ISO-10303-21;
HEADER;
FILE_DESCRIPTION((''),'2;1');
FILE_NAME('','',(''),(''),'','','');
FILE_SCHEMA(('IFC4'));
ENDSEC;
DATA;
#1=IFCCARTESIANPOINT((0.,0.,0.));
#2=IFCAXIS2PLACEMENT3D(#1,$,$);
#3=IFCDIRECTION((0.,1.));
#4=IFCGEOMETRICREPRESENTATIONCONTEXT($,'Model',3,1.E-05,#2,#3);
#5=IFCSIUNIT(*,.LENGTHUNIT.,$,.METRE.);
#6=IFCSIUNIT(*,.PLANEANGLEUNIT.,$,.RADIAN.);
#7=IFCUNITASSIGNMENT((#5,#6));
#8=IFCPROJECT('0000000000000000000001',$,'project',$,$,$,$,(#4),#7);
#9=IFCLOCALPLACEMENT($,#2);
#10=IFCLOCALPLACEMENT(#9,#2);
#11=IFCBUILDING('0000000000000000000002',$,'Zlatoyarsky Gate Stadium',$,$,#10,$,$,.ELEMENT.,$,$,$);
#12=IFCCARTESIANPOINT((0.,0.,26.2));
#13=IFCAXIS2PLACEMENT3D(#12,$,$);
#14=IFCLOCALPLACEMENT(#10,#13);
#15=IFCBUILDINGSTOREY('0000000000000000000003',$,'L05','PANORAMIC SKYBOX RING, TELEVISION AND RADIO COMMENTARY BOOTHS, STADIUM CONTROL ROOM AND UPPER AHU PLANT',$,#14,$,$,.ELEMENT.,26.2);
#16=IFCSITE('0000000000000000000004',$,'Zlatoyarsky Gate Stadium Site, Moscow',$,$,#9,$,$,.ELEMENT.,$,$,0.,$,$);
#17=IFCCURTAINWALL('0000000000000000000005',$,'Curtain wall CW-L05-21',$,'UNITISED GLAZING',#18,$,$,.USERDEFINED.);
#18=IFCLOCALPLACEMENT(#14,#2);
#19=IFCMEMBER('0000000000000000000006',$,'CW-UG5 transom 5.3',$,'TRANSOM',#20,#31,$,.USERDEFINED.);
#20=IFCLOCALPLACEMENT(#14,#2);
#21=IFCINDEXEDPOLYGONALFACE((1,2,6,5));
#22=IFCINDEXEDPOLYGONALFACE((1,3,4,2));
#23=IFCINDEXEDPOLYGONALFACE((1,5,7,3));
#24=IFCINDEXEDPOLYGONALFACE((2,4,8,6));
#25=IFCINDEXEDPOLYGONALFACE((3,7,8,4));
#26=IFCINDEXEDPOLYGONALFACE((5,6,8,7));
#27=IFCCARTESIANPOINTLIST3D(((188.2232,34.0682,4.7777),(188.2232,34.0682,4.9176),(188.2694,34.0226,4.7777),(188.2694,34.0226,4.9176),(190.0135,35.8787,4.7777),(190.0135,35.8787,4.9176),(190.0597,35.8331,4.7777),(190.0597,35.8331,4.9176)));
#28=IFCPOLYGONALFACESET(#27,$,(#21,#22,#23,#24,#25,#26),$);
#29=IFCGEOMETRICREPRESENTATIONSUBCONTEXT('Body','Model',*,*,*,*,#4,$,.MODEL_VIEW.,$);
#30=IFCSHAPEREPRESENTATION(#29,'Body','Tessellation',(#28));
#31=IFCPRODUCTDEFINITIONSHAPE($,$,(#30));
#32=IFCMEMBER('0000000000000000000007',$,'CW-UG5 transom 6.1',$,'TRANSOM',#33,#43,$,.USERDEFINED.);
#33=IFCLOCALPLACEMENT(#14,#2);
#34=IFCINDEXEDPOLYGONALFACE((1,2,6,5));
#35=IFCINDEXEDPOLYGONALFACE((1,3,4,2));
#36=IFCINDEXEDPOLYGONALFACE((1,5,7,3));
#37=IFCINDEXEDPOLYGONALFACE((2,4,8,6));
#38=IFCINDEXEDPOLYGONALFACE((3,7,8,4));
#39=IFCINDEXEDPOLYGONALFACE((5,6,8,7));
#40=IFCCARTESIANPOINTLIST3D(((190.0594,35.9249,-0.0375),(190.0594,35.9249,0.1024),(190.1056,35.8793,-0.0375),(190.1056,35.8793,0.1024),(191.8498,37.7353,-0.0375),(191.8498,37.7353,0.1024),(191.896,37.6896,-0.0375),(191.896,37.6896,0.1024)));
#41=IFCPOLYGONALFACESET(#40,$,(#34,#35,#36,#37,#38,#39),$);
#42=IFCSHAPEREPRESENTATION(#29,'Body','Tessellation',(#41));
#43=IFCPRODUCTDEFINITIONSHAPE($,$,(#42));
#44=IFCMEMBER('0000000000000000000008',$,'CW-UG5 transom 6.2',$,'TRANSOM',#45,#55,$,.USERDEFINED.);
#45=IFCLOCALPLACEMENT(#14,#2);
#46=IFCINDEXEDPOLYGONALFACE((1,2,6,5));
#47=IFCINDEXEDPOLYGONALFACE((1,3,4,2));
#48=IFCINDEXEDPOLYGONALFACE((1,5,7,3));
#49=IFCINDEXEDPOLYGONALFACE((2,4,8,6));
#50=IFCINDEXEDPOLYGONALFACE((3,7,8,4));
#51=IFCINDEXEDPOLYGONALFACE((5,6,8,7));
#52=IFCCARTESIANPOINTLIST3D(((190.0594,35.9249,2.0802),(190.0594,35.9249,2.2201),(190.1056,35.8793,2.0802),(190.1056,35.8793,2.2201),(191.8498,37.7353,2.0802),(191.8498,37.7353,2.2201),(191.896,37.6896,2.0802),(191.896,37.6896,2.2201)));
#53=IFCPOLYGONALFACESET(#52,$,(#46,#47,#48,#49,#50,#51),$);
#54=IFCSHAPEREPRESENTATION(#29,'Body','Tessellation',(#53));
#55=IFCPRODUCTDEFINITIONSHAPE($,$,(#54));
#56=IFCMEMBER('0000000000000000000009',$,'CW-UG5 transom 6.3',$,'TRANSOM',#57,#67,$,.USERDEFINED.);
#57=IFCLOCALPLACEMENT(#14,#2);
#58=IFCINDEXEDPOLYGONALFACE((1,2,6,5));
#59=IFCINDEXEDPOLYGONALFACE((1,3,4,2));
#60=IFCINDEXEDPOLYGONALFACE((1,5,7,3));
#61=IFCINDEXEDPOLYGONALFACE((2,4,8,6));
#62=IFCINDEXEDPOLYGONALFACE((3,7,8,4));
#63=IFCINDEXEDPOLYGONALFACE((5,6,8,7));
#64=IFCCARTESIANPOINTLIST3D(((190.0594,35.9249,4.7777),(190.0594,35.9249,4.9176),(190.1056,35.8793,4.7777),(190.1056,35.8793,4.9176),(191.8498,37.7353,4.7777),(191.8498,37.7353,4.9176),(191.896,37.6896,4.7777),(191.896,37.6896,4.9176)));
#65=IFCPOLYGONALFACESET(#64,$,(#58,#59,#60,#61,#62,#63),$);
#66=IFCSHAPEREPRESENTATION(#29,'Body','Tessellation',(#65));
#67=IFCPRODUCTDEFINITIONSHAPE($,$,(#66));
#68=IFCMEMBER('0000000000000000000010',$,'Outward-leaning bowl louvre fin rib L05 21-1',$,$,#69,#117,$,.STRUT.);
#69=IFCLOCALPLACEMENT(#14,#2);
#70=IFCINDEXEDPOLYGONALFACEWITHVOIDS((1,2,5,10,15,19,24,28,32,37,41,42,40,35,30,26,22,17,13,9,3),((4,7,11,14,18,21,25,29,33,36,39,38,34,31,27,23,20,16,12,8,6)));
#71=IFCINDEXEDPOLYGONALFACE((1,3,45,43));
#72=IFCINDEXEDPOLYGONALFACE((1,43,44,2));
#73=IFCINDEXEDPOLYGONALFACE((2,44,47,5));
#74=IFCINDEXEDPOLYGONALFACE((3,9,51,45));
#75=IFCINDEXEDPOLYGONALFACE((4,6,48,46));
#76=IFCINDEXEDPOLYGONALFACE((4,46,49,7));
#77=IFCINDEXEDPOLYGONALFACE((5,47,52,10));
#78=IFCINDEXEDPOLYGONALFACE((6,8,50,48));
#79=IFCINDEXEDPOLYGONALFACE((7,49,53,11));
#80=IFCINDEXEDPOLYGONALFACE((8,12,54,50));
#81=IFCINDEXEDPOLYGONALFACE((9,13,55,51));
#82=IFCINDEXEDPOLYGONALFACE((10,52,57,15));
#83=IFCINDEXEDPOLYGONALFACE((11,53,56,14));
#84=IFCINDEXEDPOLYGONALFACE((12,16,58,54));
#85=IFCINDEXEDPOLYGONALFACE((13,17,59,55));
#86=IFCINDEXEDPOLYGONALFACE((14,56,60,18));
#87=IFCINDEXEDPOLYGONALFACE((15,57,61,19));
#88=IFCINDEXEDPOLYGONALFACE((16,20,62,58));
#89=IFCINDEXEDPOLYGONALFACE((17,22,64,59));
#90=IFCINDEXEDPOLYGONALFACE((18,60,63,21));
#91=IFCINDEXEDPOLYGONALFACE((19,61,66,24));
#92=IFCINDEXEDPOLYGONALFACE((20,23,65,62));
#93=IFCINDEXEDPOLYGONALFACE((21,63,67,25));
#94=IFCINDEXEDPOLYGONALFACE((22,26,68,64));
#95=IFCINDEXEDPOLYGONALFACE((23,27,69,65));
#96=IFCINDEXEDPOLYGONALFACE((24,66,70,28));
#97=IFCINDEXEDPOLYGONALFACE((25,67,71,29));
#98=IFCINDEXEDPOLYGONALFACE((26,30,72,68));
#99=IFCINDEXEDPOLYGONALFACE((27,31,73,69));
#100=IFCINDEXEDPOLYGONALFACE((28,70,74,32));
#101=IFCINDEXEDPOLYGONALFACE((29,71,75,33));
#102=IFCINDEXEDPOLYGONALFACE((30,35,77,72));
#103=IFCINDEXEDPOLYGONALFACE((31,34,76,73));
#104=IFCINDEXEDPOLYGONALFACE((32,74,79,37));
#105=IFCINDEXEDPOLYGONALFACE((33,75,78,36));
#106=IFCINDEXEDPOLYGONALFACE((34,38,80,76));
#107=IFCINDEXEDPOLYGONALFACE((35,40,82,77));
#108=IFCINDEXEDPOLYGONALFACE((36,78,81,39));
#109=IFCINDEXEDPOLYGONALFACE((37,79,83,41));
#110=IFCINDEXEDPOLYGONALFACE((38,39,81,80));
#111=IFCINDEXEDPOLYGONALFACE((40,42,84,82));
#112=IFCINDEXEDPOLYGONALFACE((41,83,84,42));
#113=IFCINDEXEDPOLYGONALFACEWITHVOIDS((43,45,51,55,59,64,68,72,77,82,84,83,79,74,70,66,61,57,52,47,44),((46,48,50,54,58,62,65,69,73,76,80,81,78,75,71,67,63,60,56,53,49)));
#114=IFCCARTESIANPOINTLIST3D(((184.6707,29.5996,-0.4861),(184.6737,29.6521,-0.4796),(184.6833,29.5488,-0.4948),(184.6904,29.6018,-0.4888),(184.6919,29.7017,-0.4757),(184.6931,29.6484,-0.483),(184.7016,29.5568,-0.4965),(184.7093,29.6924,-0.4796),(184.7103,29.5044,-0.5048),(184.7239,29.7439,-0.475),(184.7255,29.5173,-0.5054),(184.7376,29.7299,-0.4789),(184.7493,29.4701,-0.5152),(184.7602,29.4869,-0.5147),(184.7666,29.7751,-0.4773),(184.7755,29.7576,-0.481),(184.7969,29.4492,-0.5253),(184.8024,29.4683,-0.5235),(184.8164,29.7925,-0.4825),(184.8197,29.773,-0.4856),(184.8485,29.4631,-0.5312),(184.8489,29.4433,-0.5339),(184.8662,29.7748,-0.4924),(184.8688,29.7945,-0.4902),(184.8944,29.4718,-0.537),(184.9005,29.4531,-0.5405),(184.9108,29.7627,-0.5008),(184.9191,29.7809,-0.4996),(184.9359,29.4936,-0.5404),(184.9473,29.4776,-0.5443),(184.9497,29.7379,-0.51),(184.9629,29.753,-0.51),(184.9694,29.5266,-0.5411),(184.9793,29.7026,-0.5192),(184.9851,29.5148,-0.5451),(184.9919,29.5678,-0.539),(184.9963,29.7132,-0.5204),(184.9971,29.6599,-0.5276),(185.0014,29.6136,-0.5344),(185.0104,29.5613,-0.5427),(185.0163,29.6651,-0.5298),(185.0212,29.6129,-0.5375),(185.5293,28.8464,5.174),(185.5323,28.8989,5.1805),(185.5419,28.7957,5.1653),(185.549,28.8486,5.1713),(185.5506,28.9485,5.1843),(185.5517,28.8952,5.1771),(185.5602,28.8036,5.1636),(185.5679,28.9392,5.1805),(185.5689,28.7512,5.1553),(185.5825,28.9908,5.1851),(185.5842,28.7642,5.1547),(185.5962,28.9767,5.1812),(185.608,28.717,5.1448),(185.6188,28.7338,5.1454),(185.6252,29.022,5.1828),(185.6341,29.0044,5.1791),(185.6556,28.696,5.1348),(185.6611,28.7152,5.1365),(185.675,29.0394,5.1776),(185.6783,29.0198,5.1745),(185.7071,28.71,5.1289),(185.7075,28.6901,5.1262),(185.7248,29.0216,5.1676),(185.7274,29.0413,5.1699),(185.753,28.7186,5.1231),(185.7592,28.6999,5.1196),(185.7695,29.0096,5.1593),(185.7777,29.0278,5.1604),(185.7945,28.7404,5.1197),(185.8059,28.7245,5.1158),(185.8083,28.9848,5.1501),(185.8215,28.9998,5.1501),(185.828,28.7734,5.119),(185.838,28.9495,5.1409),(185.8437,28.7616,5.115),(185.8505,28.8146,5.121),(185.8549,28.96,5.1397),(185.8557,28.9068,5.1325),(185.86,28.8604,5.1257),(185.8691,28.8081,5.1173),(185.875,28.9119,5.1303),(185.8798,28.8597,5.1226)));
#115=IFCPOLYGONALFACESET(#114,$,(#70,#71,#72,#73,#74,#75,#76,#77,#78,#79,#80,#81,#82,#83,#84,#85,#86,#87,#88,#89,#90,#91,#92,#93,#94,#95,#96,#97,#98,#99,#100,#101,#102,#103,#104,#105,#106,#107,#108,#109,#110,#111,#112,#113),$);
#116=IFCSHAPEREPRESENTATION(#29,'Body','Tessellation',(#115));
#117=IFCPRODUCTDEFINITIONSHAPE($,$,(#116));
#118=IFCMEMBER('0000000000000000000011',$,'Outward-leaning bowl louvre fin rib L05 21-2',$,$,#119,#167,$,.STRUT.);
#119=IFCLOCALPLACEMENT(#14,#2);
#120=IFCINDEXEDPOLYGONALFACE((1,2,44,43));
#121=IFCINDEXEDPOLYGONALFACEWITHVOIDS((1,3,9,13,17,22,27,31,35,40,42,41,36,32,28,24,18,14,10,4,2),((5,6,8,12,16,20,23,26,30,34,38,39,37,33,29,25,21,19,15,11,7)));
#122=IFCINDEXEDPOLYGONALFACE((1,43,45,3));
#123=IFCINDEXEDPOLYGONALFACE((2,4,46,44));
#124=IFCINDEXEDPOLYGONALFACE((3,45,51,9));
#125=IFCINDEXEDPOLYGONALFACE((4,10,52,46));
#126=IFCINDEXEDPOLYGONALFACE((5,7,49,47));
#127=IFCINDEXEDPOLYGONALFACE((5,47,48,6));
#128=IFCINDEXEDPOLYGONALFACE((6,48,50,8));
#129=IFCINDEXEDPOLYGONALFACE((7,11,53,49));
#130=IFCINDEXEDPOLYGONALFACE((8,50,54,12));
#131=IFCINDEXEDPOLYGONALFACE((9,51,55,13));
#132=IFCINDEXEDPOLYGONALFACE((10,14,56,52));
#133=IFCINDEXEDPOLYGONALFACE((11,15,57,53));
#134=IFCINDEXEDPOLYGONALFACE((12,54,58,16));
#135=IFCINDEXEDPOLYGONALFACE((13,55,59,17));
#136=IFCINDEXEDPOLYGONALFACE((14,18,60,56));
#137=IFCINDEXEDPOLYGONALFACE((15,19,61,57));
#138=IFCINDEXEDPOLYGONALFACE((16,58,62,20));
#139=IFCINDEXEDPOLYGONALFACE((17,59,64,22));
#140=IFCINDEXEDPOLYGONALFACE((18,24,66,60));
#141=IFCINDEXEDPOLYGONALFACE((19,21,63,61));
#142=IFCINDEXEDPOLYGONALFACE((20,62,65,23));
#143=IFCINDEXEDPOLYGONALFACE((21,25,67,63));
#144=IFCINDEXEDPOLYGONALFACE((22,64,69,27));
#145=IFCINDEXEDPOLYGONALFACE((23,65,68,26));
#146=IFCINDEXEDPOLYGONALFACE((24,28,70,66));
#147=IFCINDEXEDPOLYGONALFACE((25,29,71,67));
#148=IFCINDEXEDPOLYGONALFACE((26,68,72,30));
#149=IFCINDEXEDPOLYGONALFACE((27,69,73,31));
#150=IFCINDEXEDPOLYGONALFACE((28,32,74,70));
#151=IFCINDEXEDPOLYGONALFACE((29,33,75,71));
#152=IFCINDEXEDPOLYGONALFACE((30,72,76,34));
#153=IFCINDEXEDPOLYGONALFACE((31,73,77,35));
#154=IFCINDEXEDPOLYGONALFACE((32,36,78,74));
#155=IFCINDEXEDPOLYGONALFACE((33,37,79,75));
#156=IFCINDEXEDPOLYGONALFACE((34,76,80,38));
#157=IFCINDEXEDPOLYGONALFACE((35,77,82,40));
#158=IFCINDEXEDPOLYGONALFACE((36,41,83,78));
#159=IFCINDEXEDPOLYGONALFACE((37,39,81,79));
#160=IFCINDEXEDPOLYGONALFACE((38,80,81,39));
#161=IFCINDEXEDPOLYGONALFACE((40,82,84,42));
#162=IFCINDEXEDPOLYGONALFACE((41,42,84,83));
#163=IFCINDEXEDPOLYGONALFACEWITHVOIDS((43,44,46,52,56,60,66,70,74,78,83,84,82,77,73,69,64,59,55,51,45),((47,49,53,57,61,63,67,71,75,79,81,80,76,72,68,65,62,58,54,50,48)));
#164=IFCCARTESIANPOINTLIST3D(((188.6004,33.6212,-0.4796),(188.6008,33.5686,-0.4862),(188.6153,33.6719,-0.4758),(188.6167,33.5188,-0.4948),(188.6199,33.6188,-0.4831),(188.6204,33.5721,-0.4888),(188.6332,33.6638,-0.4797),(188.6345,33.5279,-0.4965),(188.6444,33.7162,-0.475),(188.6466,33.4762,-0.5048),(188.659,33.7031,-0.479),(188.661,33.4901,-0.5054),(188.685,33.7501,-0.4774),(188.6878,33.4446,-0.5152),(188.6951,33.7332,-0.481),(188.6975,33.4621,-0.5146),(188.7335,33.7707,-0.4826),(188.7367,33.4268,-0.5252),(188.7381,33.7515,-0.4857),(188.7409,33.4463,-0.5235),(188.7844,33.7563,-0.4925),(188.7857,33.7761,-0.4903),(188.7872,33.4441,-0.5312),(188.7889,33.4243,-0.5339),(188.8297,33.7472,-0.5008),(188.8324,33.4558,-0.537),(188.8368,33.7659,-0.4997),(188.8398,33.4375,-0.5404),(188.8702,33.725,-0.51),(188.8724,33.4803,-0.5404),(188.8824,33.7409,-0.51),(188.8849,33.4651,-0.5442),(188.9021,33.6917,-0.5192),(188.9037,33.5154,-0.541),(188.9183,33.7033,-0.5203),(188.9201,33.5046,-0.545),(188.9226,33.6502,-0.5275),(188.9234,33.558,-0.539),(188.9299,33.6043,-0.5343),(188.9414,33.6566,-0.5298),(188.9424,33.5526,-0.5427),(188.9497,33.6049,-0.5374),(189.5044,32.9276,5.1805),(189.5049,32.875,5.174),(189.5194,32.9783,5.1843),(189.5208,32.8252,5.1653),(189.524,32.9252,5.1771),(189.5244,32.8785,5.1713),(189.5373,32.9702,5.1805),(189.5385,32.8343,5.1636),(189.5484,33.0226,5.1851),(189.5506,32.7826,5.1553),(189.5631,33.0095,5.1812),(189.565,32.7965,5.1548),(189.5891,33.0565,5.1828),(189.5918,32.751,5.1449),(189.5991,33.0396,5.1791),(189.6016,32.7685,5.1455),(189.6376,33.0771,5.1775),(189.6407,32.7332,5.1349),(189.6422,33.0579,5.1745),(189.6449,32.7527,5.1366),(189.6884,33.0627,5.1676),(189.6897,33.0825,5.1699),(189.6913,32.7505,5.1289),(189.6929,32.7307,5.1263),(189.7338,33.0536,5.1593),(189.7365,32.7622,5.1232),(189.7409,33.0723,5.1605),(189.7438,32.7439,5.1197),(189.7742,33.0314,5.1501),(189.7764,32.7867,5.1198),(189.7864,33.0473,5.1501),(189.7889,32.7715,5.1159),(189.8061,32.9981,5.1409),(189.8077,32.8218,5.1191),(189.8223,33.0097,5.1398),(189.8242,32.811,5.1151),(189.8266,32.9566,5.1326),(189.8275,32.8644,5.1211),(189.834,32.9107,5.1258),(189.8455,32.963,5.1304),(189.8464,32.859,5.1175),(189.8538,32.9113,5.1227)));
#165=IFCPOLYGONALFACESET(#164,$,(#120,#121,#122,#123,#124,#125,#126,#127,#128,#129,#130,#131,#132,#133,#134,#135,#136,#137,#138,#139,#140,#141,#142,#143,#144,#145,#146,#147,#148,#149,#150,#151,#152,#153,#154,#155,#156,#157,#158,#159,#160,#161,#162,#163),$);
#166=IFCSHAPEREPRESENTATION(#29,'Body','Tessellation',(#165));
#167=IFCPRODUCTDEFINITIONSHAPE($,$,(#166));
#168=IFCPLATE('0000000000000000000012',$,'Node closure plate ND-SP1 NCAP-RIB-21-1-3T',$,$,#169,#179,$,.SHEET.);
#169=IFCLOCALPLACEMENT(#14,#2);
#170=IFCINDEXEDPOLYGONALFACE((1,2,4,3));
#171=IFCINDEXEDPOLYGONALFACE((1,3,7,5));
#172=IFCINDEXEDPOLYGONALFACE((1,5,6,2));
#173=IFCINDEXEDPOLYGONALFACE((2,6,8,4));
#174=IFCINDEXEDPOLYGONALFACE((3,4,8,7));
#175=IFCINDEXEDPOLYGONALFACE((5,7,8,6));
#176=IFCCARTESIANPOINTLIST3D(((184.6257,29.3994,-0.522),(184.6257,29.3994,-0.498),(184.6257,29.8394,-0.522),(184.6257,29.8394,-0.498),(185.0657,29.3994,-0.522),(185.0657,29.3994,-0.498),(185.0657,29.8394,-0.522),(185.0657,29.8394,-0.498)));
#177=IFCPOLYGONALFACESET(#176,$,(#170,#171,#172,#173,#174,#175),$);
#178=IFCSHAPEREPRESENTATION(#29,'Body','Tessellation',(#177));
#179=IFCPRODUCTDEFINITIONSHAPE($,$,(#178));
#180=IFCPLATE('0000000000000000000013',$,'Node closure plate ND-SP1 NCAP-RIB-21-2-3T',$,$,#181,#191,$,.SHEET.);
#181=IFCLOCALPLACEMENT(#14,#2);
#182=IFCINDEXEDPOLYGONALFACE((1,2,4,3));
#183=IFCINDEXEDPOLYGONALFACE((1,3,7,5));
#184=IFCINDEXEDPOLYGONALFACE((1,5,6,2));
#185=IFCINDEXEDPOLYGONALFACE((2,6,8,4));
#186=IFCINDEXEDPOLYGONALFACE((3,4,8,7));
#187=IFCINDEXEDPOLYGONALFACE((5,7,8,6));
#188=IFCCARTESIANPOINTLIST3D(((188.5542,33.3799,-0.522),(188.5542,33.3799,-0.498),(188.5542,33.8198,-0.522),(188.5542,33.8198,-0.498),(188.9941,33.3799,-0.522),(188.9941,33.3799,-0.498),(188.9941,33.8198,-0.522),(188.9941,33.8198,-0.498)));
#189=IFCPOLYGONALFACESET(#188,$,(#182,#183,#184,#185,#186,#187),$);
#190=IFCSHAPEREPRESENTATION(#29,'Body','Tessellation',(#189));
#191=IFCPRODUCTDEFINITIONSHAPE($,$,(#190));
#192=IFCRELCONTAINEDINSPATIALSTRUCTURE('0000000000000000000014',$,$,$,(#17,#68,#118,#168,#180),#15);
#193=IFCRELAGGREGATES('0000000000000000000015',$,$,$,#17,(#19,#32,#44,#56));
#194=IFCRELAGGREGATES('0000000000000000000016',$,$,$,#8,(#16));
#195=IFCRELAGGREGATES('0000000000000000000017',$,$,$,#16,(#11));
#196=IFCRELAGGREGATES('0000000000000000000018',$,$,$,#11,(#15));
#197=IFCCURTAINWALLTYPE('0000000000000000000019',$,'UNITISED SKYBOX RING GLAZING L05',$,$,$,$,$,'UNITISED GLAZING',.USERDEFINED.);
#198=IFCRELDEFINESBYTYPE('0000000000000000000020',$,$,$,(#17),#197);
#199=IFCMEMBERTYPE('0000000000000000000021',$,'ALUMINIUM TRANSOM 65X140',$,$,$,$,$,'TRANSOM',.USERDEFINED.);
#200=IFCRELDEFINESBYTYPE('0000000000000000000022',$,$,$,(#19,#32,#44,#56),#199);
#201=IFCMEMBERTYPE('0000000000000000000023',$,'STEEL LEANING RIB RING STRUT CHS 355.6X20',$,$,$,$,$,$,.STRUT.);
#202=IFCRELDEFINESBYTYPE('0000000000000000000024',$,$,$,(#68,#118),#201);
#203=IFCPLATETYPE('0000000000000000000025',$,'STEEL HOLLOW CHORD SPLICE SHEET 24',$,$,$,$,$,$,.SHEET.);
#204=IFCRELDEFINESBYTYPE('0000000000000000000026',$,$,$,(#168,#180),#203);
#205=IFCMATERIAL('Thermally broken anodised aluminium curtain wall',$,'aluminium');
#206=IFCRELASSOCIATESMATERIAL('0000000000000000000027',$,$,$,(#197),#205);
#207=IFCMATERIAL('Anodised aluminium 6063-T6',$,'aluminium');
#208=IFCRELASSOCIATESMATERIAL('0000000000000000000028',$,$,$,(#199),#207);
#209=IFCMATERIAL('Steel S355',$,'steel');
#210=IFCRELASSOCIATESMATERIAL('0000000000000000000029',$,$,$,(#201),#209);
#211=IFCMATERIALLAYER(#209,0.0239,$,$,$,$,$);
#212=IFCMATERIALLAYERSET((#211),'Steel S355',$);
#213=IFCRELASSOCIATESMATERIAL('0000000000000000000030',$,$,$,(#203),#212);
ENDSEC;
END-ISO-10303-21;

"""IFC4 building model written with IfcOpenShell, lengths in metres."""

from ifc_helpers import new_model, si_unit, direction, frame, origin, origin_2d, place, context, subcontext, project, spatial, rectangle, hollow_circle, extrude, material, layer, layer_set, material_profile, profile_set, type_object, element, aggregate, save


model = new_model("IFC4")

# Units and contexts
model_context = context("Model", 3, precision=1e-05, world=origin(), true_north=direction((0.0, 1.0)))
body_context = subcontext(model_context, "Body", "Model", "MODEL_VIEW")
ifc_project = project(units=[si_unit("LENGTHUNIT", "METRE"), si_unit("PLANEANGLEUNIT", "RADIAN")], contexts=[model_context])

# Site, building, storey
site_placement = place(None, origin())
site = spatial("IfcSite", under=ifc_project, at=site_placement, Name="Zlatoyarsky Gate Stadium Site, Moscow", CompositionType="ELEMENT", RefElevation=0.0)
building_placement = place(site_placement, origin())
building = spatial("IfcBuilding", under=site, at=building_placement, Name="Zlatoyarsky Gate Stadium", CompositionType="ELEMENT")
storey_placement = place(building_placement, frame((0.0, 0.0, 26.2)))
storey = spatial("IfcBuildingStorey", under=building, at=storey_placement, Name="L05", Description="PANORAMIC SKYBOX RING, TELEVISION AND RADIO COMMENTARY BOOTHS, STADIUM CONTROL ROOM AND UPPER AHU PLANT", CompositionType="ELEMENT", Elevation=26.2)

# Curtain wall, members
ifc_material_1 = material(Name="Thermally broken anodised aluminium curtain wall", Category="aluminium")
curtain_wall_type = type_object("IfcCurtainWallType", Name="UNITISED SKYBOX RING GLAZING L05", ElementType="UNITISED GLAZING", PredefinedType="USERDEFINED", material=ifc_material_1)
curtain_wall_placement = place(storey_placement, origin())
curtain_wall = element("IfcCurtainWall", 1, at=curtain_wall_placement, inside=storey, type_object=curtain_wall_type, Name="Curtain wall CW-L05-21", ObjectType="UNITISED GLAZING", PredefinedType="USERDEFINED")
ifc_material_2 = material(Name="Anodised aluminium 6063-T6", Category="aluminium")
ifc_material_profile_1 = material_profile(ifc_material_2, rectangle(XDim=0.0649, YDim=0.1399, at=origin_2d()), Name="ALU 65X140")
ifc_profile_set_1 = profile_set([ifc_material_profile_1], Name="Anodised aluminium 6063-T6")
member_type_1 = type_object("IfcMemberType", Name="ALUMINIUM TRANSOM 65X140", ElementType="TRANSOM", PredefinedType="USERDEFINED", material=ifc_profile_set_1)
member_1_placement = place(storey_placement, frame((188.2463, 34.0454, 4.8477), z_axis=(0.703116, 0.711075, 0.0), x_axis=(-0.711075, 0.703116, 0.0)))
member_1 = element("IfcMember", 2, at=member_1_placement, type_object=member_type_1, Name="CW-UG5 transom 5.3", ObjectType="TRANSOM", PredefinedType="USERDEFINED", context=body_context, shape_type="SweptSolid", body=[
    extrude(rectangle(XDim=0.0649, YDim=0.1399, at=origin_2d()), origin(), (0.0, 0.0, 1.0), 2.5461),
])
member_2_placement = place(storey_placement, frame((190.0825, 35.9021, 0.0325), z_axis=(0.703164, 0.711027, 0.0), x_axis=(-0.711027, 0.703164, 0.0)))
member_2 = element("IfcMember", 3, at=member_2_placement, type_object=member_type_1, Name="CW-UG5 transom 6.1", ObjectType="TRANSOM", PredefinedType="USERDEFINED", context=body_context, shape_type="SweptSolid", body=[
    extrude(rectangle(XDim=0.0649, YDim=0.1399, at=origin_2d()), origin(), (0.0, 0.0, 1.0), 2.5461),
])
member_3_placement = place(storey_placement, frame((190.0825, 35.9021, 2.1501), z_axis=(0.703164, 0.711027, 0.0), x_axis=(-0.711027, 0.703164, 0.0)))
member_3 = element("IfcMember", 4, at=member_3_placement, type_object=member_type_1, Name="CW-UG5 transom 6.2", ObjectType="TRANSOM", PredefinedType="USERDEFINED", context=body_context, shape_type="SweptSolid", body=[
    extrude(rectangle(XDim=0.0649, YDim=0.1399, at=origin_2d()), origin(), (0.0, 0.0, 1.0), 2.5461),
])
member_4_placement = place(storey_placement, frame((190.0825, 35.9021, 4.8477), z_axis=(0.703164, 0.711027, 0.0), x_axis=(-0.711027, 0.703164, 0.0)))
member_4 = element("IfcMember", 5, at=member_4_placement, type_object=member_type_1, Name="CW-UG5 transom 6.3", ObjectType="TRANSOM", PredefinedType="USERDEFINED", context=body_context, shape_type="SweptSolid", body=[
    extrude(rectangle(XDim=0.0649, YDim=0.1399, at=origin_2d()), origin(), (0.0, 0.0, 1.0), 2.5461),
])

# Members
ifc_material_3 = material(Name="Steel S355", Category="steel")
ifc_material_profile_2 = material_profile(ifc_material_3, hollow_circle(Radius=0.1777, WallThickness=0.02, at=origin_2d()), Name="CHS 355.6X20")
ifc_profile_set_2 = profile_set([ifc_material_profile_2], Name="Steel S355")
member_type_2 = type_object("IfcMemberType", Name="STEEL LEANING RIB RING STRUT CHS 355.6X20", PredefinedType="STRUT", material=ifc_profile_set_2)
member_5_placement = place(storey_placement, frame((184.8457, 29.6194, -0.51), z_axis=(0.148702, -0.130437, 0.980242), x_axis=(0.659427, 0.751768, 0.0)))
element("IfcMember", 6, at=member_5_placement, inside=storey, type_object=member_type_2, Name="Outward-leaning bowl louvre fin rib L05 21-1", PredefinedType="STRUT", context=body_context, shape_type="SweptSolid", body=[
    extrude(hollow_circle(Radius=0.1777, WallThickness=0.02, at=origin_2d()), origin(), (0.0, 0.0, 1.0), 5.7742),
])
member_6_placement = place(storey_placement, frame((188.7742, 33.5999, -0.51), z_axis=(0.156581, -0.120131, 0.980332), x_axis=(0.608706, 0.793396, 0.0)))
element("IfcMember", 7, at=member_6_placement, inside=storey, type_object=member_type_2, Name="Outward-leaning bowl louvre fin rib L05 21-2", PredefinedType="STRUT", context=body_context, shape_type="SweptSolid", body=[
    extrude(hollow_circle(Radius=0.1777, WallThickness=0.02, at=origin_2d()), origin(), (0.0, 0.0, 1.0), 5.7737),
])

# Plates
ifc_layer_1 = layer(ifc_material_3, 0.0239)
ifc_layer_set_1 = layer_set([ifc_layer_1], Name="Steel S355")
plate_type_1 = type_object("IfcPlateType", Name="STEEL HOLLOW CHORD SPLICE SHEET 24", PredefinedType="SHEET", material=ifc_layer_set_1)
for number, where, z_axis, x_axis, name in (
    (8, (184.8457, 29.6194, -0.522), (0.0, 0.0, 1.0), (1.0, 0.0, 0.0), "Node closure plate ND-SP1 NCAP-RIB-21-1-3T"),
    (9, (188.7742, 33.5999, -0.522), (0.0, 0.0, 1.0), (1.0, 0.0, 0.0), "Node closure plate ND-SP1 NCAP-RIB-21-2-3T"),
):
    element("IfcPlate", number, at=place(storey_placement, frame(where, z_axis=z_axis, x_axis=x_axis)), inside=storey, type_object=plate_type_1, Name=name, PredefinedType="SHEET", context=body_context, shape_type="SweptSolid", body=[
        extrude(rectangle(XDim=0.4399, YDim=0.4399, at=origin_2d()), origin(), (0.0, 0.0, 1.0), 0.0239),
    ])

aggregate(curtain_wall, [member_1, member_2, member_3, member_4])

save(model, "model.ifc")
